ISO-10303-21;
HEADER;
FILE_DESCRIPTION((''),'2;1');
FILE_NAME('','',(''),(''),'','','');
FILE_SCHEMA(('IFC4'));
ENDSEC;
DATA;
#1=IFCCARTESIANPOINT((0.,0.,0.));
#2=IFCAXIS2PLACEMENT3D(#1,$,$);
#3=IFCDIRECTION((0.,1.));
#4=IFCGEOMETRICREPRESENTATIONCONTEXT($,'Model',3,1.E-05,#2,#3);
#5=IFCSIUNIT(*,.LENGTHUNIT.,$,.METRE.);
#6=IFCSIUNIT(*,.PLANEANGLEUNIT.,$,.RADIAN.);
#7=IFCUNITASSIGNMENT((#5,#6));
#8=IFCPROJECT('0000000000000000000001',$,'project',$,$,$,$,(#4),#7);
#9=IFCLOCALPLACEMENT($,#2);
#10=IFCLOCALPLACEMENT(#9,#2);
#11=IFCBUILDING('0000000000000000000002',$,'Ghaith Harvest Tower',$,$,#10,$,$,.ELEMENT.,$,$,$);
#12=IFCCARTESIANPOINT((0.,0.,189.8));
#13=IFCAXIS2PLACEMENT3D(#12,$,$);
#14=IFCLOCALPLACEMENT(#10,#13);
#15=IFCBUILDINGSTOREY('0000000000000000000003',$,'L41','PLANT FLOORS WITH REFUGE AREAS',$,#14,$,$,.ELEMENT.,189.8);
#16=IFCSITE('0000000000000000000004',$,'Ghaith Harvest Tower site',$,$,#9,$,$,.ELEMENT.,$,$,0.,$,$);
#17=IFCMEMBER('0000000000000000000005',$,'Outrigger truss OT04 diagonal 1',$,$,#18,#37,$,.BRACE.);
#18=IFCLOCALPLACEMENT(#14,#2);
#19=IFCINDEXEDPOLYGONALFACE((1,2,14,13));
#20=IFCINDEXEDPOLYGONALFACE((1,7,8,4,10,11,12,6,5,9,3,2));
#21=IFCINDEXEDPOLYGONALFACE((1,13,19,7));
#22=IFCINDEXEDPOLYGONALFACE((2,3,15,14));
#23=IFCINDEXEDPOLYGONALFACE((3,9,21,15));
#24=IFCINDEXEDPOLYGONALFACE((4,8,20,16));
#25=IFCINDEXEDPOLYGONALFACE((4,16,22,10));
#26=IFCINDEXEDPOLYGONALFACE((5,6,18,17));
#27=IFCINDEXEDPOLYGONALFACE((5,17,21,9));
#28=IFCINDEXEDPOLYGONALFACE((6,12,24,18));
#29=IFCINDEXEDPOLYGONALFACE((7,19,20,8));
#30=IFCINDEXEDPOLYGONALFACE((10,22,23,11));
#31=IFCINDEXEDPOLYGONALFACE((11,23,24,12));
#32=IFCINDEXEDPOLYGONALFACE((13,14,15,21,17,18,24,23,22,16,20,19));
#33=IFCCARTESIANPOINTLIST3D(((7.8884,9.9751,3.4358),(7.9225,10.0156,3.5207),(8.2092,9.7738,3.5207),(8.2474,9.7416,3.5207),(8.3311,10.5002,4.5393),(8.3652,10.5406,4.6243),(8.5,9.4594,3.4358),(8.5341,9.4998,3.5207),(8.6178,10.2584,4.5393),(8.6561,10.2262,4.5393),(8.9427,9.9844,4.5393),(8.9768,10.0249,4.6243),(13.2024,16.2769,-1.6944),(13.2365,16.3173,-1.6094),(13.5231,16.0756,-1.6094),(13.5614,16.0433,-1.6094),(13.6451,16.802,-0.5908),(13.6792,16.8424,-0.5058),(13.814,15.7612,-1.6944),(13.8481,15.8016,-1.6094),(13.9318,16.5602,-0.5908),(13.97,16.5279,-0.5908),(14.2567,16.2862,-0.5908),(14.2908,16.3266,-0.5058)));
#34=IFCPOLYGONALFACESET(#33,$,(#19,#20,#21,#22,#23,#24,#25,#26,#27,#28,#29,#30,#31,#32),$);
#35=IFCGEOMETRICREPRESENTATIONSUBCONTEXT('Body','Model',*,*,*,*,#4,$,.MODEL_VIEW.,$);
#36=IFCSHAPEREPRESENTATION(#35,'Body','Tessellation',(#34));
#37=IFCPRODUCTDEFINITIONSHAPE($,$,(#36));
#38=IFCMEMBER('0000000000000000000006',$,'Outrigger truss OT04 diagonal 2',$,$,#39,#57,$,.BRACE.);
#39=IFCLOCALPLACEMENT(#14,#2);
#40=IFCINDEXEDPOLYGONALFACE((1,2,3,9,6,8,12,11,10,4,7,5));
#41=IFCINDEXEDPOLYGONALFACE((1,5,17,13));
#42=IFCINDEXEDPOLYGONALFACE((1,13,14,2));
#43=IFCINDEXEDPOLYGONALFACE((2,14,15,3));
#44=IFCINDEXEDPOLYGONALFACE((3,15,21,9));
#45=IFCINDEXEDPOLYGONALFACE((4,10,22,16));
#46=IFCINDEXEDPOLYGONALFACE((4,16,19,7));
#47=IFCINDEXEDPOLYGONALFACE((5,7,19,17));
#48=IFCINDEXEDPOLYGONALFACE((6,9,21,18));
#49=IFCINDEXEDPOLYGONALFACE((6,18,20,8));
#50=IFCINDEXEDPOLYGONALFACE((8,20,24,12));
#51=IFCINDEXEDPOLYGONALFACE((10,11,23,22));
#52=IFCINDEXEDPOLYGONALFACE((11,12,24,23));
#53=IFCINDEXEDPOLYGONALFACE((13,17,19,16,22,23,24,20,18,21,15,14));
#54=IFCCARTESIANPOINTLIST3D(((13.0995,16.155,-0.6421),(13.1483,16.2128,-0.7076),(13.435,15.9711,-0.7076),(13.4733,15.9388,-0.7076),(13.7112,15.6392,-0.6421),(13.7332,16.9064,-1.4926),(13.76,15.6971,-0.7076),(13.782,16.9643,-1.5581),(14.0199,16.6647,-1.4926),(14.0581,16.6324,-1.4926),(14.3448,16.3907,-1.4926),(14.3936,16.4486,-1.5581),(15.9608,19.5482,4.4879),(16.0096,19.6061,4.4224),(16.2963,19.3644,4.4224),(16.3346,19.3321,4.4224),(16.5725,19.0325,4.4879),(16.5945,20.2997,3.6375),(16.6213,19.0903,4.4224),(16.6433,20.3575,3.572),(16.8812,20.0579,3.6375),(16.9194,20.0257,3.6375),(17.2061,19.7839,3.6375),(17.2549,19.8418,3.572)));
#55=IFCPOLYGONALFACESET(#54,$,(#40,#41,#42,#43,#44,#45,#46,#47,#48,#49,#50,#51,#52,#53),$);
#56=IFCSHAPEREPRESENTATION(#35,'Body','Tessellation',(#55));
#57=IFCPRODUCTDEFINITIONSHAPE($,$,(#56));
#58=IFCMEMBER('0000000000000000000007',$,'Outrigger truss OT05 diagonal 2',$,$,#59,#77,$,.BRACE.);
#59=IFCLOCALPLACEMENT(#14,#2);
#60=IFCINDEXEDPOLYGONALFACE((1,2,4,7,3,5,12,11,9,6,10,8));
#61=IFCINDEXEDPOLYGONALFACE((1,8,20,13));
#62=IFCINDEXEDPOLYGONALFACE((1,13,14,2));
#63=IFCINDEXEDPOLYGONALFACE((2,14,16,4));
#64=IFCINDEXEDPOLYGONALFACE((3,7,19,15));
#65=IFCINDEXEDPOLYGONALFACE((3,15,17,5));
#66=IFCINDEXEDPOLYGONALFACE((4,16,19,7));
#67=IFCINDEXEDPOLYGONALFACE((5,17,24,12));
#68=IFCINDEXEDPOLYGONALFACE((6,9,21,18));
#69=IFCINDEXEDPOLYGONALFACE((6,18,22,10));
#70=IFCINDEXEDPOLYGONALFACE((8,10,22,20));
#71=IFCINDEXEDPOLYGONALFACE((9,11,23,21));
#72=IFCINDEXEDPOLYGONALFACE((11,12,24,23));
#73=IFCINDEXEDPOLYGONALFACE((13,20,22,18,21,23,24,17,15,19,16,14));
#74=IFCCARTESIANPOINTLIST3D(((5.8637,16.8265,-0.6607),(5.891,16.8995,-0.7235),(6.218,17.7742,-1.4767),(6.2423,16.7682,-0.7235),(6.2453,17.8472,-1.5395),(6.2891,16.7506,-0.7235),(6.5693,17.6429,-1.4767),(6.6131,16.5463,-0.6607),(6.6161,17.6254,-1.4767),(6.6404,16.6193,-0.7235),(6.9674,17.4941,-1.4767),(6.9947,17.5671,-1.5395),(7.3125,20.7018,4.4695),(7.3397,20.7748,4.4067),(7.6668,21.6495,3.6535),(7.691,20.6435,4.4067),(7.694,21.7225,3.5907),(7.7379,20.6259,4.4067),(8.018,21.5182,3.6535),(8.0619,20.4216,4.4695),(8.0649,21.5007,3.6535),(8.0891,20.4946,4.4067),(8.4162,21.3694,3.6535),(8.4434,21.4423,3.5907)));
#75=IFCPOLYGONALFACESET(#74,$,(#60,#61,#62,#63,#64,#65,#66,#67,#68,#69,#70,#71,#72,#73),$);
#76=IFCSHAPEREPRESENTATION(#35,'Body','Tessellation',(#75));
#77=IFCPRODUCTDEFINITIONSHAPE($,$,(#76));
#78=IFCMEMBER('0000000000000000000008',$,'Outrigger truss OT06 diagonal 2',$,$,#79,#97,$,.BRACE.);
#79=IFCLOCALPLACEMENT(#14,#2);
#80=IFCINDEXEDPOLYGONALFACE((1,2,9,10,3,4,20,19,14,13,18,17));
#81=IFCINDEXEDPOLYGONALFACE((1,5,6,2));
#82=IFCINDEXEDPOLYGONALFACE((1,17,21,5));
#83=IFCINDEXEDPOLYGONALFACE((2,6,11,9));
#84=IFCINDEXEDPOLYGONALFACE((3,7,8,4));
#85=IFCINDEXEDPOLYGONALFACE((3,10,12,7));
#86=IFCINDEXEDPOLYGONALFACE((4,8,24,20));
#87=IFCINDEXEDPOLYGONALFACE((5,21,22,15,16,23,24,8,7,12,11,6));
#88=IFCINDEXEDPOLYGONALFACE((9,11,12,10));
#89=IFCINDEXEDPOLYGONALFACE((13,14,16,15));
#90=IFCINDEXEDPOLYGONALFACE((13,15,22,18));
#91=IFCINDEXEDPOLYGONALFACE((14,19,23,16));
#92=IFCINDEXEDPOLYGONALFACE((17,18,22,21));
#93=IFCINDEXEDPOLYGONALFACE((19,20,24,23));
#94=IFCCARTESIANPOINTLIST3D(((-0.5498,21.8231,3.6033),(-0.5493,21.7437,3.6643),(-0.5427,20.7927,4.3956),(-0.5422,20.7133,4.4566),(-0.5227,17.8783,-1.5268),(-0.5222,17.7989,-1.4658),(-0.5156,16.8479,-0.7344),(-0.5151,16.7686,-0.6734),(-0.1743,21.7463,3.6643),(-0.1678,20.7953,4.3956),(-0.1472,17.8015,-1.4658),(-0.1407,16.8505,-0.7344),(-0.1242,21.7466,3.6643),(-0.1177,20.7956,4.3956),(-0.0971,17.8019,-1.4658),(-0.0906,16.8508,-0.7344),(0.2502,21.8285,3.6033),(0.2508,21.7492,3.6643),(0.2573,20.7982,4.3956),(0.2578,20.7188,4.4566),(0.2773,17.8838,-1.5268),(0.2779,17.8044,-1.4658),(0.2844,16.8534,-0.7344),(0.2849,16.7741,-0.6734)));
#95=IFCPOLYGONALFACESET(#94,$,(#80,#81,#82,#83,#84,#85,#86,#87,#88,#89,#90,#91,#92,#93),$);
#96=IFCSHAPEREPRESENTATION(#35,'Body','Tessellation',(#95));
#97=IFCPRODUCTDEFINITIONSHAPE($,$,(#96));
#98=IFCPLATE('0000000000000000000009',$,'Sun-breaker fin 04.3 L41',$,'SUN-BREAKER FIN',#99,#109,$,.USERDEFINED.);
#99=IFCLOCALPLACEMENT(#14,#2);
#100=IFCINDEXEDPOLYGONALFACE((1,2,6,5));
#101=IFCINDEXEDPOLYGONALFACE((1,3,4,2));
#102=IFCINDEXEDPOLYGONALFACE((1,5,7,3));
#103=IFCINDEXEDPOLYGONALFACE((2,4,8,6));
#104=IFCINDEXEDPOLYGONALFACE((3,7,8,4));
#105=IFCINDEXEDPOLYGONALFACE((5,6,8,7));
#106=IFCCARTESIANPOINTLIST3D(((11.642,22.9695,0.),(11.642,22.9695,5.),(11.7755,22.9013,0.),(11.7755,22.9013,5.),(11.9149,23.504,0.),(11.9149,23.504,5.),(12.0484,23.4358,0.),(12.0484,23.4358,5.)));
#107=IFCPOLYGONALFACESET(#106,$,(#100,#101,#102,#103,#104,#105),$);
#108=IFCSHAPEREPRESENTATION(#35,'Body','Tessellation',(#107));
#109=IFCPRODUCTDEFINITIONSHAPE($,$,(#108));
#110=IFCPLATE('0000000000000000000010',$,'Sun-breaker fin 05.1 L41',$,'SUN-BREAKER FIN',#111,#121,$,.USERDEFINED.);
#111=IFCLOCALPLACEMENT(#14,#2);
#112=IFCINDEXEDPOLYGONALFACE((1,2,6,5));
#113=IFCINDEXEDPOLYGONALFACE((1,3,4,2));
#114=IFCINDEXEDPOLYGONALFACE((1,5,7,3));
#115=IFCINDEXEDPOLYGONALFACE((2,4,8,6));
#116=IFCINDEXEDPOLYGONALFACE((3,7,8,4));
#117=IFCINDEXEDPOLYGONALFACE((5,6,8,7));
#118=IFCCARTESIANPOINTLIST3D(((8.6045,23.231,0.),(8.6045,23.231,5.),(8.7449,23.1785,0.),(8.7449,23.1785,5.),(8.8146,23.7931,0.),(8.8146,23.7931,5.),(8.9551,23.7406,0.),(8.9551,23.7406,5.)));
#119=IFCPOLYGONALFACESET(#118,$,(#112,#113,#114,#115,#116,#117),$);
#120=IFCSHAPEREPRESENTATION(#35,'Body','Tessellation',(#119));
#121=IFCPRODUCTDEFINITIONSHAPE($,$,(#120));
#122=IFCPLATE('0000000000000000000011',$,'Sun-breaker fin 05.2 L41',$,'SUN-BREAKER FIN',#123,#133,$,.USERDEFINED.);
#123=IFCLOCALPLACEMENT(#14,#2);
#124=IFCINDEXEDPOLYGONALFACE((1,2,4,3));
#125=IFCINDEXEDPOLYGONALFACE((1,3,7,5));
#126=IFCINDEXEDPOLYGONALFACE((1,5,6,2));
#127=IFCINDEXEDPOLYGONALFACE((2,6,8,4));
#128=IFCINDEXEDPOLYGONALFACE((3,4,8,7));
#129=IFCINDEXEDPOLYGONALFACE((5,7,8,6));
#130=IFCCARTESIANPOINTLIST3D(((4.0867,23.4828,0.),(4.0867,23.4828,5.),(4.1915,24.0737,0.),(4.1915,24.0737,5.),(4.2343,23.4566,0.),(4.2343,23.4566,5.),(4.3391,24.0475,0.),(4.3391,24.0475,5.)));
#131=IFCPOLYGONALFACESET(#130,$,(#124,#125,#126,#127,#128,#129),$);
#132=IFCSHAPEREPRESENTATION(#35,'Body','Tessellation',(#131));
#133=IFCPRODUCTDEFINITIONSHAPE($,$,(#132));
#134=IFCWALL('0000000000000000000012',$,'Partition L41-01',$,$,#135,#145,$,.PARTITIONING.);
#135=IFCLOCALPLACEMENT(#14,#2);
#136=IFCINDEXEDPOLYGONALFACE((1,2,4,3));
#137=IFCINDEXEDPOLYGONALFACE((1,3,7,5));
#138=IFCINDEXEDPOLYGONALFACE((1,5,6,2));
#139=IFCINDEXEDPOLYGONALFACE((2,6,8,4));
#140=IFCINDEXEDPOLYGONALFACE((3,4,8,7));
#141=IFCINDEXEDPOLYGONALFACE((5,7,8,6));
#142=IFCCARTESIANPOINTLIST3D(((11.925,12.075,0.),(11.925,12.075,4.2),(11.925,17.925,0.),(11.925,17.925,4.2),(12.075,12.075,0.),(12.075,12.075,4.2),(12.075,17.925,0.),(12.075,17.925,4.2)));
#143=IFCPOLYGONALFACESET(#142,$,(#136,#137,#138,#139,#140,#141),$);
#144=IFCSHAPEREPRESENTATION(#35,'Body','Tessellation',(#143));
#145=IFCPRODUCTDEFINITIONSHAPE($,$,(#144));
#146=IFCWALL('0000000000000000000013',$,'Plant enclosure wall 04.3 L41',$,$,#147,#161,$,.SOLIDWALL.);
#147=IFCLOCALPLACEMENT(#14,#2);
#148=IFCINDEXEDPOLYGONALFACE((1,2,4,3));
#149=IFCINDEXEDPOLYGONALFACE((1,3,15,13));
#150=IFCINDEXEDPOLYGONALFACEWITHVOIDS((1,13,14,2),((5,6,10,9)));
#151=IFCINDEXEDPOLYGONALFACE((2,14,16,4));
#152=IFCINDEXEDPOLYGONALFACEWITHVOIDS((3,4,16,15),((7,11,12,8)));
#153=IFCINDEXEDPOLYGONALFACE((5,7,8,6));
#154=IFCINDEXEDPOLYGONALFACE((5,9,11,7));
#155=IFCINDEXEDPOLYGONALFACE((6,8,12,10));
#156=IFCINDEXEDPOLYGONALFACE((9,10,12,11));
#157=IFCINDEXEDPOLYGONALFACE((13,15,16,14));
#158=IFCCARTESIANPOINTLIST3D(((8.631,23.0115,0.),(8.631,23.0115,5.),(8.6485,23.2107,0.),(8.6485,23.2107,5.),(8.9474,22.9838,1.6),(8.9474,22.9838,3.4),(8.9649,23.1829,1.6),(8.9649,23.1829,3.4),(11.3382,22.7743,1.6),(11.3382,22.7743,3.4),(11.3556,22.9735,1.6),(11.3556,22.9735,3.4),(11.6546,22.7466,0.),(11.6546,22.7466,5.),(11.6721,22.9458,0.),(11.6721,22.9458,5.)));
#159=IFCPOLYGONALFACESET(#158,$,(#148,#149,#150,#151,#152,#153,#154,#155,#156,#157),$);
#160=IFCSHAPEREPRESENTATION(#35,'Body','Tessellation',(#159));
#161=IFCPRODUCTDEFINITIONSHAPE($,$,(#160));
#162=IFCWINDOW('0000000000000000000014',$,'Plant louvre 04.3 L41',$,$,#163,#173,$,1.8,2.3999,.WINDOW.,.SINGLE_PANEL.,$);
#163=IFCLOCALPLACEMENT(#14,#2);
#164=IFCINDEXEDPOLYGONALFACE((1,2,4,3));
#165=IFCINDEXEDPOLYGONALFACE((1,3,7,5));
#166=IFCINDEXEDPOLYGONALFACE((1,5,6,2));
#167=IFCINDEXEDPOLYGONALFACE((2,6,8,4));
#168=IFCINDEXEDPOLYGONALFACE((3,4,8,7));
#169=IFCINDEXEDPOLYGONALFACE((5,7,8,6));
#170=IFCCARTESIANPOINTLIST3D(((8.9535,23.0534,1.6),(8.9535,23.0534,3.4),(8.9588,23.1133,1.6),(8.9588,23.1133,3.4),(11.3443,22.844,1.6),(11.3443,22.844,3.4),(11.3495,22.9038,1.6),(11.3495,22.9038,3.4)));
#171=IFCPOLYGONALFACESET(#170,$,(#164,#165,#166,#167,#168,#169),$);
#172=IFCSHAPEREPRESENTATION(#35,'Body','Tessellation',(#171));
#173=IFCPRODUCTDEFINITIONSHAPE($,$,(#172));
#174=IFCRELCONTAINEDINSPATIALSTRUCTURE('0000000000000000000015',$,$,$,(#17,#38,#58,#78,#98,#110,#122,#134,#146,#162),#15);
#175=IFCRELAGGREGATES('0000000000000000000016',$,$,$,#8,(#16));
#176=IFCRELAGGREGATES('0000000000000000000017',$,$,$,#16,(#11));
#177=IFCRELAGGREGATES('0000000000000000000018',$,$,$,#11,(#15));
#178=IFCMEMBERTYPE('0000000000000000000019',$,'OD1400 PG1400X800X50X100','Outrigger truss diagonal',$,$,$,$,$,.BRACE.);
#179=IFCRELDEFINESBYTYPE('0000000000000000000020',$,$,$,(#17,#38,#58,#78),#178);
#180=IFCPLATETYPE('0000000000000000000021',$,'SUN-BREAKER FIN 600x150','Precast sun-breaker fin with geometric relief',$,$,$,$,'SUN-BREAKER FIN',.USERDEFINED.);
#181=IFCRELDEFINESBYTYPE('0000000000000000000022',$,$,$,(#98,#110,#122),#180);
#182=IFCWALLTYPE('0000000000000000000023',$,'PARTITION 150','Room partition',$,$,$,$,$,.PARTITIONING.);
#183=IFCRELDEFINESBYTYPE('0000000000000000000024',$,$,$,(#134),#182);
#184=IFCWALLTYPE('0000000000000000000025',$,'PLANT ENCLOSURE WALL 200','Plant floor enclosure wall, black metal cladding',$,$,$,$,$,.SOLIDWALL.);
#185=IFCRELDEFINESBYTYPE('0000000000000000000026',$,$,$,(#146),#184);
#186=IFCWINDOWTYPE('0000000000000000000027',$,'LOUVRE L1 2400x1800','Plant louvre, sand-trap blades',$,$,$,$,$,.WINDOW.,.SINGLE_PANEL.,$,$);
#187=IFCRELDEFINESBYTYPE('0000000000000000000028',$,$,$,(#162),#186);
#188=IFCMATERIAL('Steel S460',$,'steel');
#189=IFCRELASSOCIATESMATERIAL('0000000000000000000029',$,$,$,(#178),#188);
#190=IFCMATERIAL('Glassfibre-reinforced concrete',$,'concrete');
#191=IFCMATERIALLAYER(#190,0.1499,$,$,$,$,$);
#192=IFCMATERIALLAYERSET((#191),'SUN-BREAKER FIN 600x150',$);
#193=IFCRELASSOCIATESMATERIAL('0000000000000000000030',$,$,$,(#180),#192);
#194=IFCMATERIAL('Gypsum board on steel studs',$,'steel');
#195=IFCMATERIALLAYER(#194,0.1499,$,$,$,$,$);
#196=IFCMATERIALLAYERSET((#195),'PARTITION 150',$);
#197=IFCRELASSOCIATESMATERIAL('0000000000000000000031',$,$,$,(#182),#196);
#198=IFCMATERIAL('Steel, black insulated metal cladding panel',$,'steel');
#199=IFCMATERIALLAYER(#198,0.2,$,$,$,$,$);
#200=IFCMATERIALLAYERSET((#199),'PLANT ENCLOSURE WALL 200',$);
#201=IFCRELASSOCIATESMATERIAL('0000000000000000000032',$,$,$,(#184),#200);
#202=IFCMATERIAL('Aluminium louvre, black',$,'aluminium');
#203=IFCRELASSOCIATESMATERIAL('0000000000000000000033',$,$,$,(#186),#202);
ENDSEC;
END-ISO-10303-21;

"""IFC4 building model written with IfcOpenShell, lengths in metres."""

from ifc_helpers import new_model, si_unit, direction, frame, frame_2d, origin, origin_2d, place, context, subcontext, project, spatial, rectangle, i_section, extrude, material, layer, layer_set, material_profile, profile_set, type_object, element, fill, save


model = new_model("IFC4")

# Units and contexts
model_context = context("Model", 3, precision=1e-05, world=origin(), true_north=direction((0.0, 1.0)))
body_context = subcontext(model_context, "Body", "Model", "MODEL_VIEW")
ifc_project = project(units=[si_unit("LENGTHUNIT", "METRE"), si_unit("PLANEANGLEUNIT", "RADIAN")], contexts=[model_context])

# Site, building, storey
site_placement = place(None, origin())
site = spatial("IfcSite", under=ifc_project, at=site_placement, Name="Ghaith Harvest Tower site", CompositionType="ELEMENT", RefElevation=0.0)
building_placement = place(site_placement, origin())
building = spatial("IfcBuilding", under=site, at=building_placement, Name="Ghaith Harvest Tower", CompositionType="ELEMENT")
storey_placement = place(building_placement, frame((0.0, 0.0, 189.8)))
storey = spatial("IfcBuildingStorey", under=building, at=storey_placement, Name="L41", Description="PLANT FLOORS WITH REFUGE AREAS", CompositionType="ELEMENT", Elevation=189.8)

# Members
ifc_material_1 = material(Name="Steel S460", Category="steel")
ifc_material_profile_1 = material_profile(ifc_material_1, i_section(OverallWidth=0.8, OverallDepth=1.3999, WebThickness=0.05, FlangeThickness=0.1001, at=origin_2d()), Name="PG1400X800X50X100")
ifc_profile_set_1 = profile_set([ifc_material_profile_1], Name="Steel S460")
member_type_1 = type_object("IfcMemberType", Name="OD1400 PG1400X800X50X100", Description="Outrigger truss diagonal", PredefinedType="BRACE", material=ifc_profile_set_1)
member_1_placement = place(storey_placement, frame((8.4326, 10.0, 4.03), z_axis=(0.547312, 0.64905, -0.528378), x_axis=(-0.764479, 0.644648, 0.0)))
element("IfcMember", 1, at=member_1_placement, inside=storey, type_object=member_type_1, Name="Outrigger truss OT04 diagonal 1", PredefinedType="BRACE", context=body_context, shape_type="SweptSolid", body=[
    extrude(i_section(OverallWidth=0.8, OverallDepth=1.3999, WebThickness=0.05, FlangeThickness=0.1001, at=origin_2d()), origin(), (0.0, 0.0, 1.0), 9.7092),
])
member_2_placement = place(storey_placement, frame((13.7466, 16.3018, -1.1001), z_axis=(0.421788, 0.500208, 0.756232), x_axis=(-0.764489, 0.644637, 0.0)))
element("IfcMember", 2, at=member_2_placement, inside=storey, type_object=member_type_1, Name="Outrigger truss OT04 diagonal 2", PredefinedType="BRACE", context=body_context, shape_type="SweptSolid", body=[
    extrude(i_section(OverallWidth=0.8, OverallDepth=1.3999, WebThickness=0.05, FlangeThickness=0.1001, at=origin_2d()), origin(), (0.0, 0.0, 1.0), 6.7837),
])
member_3_placement = place(storey_placement, frame((6.4292, 17.1968, -1.1001), z_axis=(0.219821, 0.588006, 0.778414), x_axis=(-0.936685, 0.350173, 0.0)))
element("IfcMember", 3, at=member_3_placement, inside=storey, type_object=member_type_1, Name="Outrigger truss OT05 diagonal 2", PredefinedType="BRACE", context=body_context, shape_type="SweptSolid", body=[
    extrude(i_section(OverallWidth=0.8, OverallDepth=1.3999, WebThickness=0.05, FlangeThickness=0.1001, at=origin_2d()), origin(), (0.0, 0.0, 1.0), 6.5906),
])
member_4_placement = place(storey_placement, frame((-0.1189, 17.3262, -1.1001), z_axis=(-0.004188, 0.609567, 0.792724), x_axis=(-0.999976, -0.006869, 0.0)))
element("IfcMember", 4, at=member_4_placement, inside=storey, type_object=member_type_1, Name="Outrigger truss OT06 diagonal 2", PredefinedType="BRACE", context=body_context, shape_type="SweptSolid", body=[
    extrude(i_section(OverallWidth=0.8, OverallDepth=1.3999, WebThickness=0.05, FlangeThickness=0.1001, at=origin_2d()), origin(), (0.0, 0.0, 1.0), 6.4714),
])

# Plates
ifc_material_2 = material(Name="Glassfibre-reinforced concrete", Category="concrete")
ifc_layer_1 = layer(ifc_material_2, 0.1499)
ifc_layer_set_1 = layer_set([ifc_layer_1], Name="SUN-BREAKER FIN 600x150")
plate_type = type_object("IfcPlateType", Name="SUN-BREAKER FIN 600x150", Description="Precast sun-breaker fin with geometric relief", ElementType="SUN-BREAKER FIN", PredefinedType="USERDEFINED", material=ifc_layer_set_1)
for number, where, z_axis, x_axis, name in (
    (5, (11.8452, 23.2026, 0.0), (0.0, 0.0, 1.0), (0.454691, 0.890649, 0.0), "Sun-breaker fin 04.3 L41"),
    (6, (8.7798, 23.4858, 0.0), (0.0, 0.0, 1.0), (0.350168, 0.936687, 0.0), "Sun-breaker fin 05.1 L41"),
    (7, (4.2129, 23.7651, 0.0), (0.0, 0.0, 1.0), (0.174554, 0.984648, 0.0), "Sun-breaker fin 05.2 L41"),
):
    element("IfcPlate", number, at=place(storey_placement, frame(where, z_axis=z_axis, x_axis=x_axis)), inside=storey, type_object=plate_type, Name=name, ObjectType="SUN-BREAKER FIN", PredefinedType="USERDEFINED", context=body_context, shape_type="SweptSolid", body=[
        extrude(rectangle(XDim=0.6001, YDim=0.1499, at=origin_2d()), origin(), (0.0, 0.0, 1.0), 5.0),
    ])

# Wall
ifc_material_3 = material(Name="Gypsum board on steel studs", Category="steel")
ifc_layer_2 = layer(ifc_material_3, 0.1499)
ifc_layer_set_2 = layer_set([ifc_layer_2], Name="PARTITION 150")
wall_type_1 = type_object("IfcWallType", Name="PARTITION 150", Description="Room partition", PredefinedType="PARTITIONING", material=ifc_layer_set_2)
wall_1_placement = place(storey_placement, frame((12.0, 12.075, 0.0), z_axis=(0.0, 0.0, 1.0), x_axis=(0.0, 1.0, 0.0)))
element("IfcWall", 8, at=wall_1_placement, inside=storey, type_object=wall_type_1, Name="Partition L41-01", PredefinedType="PARTITIONING", context=body_context, shape_type="SweptSolid", body=[
    extrude(rectangle(XDim=5.8501, YDim=0.1499, at=frame_2d((2.925, 0.0))), origin(), (0.0, 0.0, 1.0), 4.2),
])

# Wall, opening, window
ifc_material_4 = material(Name="Steel, black insulated metal cladding panel", Category="steel")
ifc_layer_3 = layer(ifc_material_4, 0.2)
ifc_layer_set_3 = layer_set([ifc_layer_3], Name="PLANT ENCLOSURE WALL 200")
wall_type_2 = type_object("IfcWallType", Name="PLANT ENCLOSURE WALL 200", Description="Plant floor enclosure wall, black metal cladding", PredefinedType="SOLIDWALL", material=ifc_layer_set_3)
wall_2_placement = place(storey_placement, frame((11.6633, 22.8462, 0.0), z_axis=(0.0, 0.0, 1.0), x_axis=(-0.996185, 0.087272, 0.0)))
wall_2 = element("IfcWall", 9, at=wall_2_placement, inside=storey, type_object=wall_type_2, Name="Plant enclosure wall 04.3 L41", PredefinedType="SOLIDWALL", context=body_context, shape_type="SweptSolid", body=[
    extrude(rectangle(XDim=3.0352, YDim=0.2, at=frame_2d((1.5176, 0.0))), origin(), (0.0, 0.0, 1.0), 5.0),
])
opening_1_placement = place(wall_2_placement, frame((0.3176, 0.0, 1.6001)))
opening_1 = element("IfcOpeningElement", 10, at=opening_1_placement, cuts=wall_2, PredefinedType="OPENING", context=body_context, shape_type="SweptSolid", body=[
    extrude(rectangle(XDim=2.3999, YDim=1.8, at=frame_2d((1.2, 0.8999))), frame((0.0, 0.1099, 0.0), z_axis=(0.0, -1.0, 0.0), x_axis=(1.0, 0.0, 0.0)), (0.0, 0.0, 1.0), 0.22),
])
ifc_material_5 = material(Name="Aluminium louvre, black", Category="aluminium")
window_type = type_object("IfcWindowType", Name="LOUVRE L1 2400x1800", Description="Plant louvre, sand-trap blades", PartitioningType="SINGLE_PANEL", PredefinedType="WINDOW", material=ifc_material_5)
window_1_placement = place(opening_1_placement, origin())
window_1 = element("IfcWindow", 11, at=window_1_placement, inside=storey, type_object=window_type, Name="Plant louvre 04.3 L41", OverallHeight=1.8, OverallWidth=2.3999, PartitioningType="SINGLE_PANEL", PredefinedType="WINDOW", context=body_context, shape_type="SweptSolid", body=[
    extrude(rectangle(XDim=2.3999, YDim=1.8, at=frame_2d((1.2, 0.8999))), frame((0.0, 0.03, 0.0), z_axis=(0.0, -1.0, 0.0), x_axis=(1.0, 0.0, 0.0)), (0.0, 0.0, 1.0), 0.0601),
])
fill(opening_1, window_1)

save(model, "model.ifc")
